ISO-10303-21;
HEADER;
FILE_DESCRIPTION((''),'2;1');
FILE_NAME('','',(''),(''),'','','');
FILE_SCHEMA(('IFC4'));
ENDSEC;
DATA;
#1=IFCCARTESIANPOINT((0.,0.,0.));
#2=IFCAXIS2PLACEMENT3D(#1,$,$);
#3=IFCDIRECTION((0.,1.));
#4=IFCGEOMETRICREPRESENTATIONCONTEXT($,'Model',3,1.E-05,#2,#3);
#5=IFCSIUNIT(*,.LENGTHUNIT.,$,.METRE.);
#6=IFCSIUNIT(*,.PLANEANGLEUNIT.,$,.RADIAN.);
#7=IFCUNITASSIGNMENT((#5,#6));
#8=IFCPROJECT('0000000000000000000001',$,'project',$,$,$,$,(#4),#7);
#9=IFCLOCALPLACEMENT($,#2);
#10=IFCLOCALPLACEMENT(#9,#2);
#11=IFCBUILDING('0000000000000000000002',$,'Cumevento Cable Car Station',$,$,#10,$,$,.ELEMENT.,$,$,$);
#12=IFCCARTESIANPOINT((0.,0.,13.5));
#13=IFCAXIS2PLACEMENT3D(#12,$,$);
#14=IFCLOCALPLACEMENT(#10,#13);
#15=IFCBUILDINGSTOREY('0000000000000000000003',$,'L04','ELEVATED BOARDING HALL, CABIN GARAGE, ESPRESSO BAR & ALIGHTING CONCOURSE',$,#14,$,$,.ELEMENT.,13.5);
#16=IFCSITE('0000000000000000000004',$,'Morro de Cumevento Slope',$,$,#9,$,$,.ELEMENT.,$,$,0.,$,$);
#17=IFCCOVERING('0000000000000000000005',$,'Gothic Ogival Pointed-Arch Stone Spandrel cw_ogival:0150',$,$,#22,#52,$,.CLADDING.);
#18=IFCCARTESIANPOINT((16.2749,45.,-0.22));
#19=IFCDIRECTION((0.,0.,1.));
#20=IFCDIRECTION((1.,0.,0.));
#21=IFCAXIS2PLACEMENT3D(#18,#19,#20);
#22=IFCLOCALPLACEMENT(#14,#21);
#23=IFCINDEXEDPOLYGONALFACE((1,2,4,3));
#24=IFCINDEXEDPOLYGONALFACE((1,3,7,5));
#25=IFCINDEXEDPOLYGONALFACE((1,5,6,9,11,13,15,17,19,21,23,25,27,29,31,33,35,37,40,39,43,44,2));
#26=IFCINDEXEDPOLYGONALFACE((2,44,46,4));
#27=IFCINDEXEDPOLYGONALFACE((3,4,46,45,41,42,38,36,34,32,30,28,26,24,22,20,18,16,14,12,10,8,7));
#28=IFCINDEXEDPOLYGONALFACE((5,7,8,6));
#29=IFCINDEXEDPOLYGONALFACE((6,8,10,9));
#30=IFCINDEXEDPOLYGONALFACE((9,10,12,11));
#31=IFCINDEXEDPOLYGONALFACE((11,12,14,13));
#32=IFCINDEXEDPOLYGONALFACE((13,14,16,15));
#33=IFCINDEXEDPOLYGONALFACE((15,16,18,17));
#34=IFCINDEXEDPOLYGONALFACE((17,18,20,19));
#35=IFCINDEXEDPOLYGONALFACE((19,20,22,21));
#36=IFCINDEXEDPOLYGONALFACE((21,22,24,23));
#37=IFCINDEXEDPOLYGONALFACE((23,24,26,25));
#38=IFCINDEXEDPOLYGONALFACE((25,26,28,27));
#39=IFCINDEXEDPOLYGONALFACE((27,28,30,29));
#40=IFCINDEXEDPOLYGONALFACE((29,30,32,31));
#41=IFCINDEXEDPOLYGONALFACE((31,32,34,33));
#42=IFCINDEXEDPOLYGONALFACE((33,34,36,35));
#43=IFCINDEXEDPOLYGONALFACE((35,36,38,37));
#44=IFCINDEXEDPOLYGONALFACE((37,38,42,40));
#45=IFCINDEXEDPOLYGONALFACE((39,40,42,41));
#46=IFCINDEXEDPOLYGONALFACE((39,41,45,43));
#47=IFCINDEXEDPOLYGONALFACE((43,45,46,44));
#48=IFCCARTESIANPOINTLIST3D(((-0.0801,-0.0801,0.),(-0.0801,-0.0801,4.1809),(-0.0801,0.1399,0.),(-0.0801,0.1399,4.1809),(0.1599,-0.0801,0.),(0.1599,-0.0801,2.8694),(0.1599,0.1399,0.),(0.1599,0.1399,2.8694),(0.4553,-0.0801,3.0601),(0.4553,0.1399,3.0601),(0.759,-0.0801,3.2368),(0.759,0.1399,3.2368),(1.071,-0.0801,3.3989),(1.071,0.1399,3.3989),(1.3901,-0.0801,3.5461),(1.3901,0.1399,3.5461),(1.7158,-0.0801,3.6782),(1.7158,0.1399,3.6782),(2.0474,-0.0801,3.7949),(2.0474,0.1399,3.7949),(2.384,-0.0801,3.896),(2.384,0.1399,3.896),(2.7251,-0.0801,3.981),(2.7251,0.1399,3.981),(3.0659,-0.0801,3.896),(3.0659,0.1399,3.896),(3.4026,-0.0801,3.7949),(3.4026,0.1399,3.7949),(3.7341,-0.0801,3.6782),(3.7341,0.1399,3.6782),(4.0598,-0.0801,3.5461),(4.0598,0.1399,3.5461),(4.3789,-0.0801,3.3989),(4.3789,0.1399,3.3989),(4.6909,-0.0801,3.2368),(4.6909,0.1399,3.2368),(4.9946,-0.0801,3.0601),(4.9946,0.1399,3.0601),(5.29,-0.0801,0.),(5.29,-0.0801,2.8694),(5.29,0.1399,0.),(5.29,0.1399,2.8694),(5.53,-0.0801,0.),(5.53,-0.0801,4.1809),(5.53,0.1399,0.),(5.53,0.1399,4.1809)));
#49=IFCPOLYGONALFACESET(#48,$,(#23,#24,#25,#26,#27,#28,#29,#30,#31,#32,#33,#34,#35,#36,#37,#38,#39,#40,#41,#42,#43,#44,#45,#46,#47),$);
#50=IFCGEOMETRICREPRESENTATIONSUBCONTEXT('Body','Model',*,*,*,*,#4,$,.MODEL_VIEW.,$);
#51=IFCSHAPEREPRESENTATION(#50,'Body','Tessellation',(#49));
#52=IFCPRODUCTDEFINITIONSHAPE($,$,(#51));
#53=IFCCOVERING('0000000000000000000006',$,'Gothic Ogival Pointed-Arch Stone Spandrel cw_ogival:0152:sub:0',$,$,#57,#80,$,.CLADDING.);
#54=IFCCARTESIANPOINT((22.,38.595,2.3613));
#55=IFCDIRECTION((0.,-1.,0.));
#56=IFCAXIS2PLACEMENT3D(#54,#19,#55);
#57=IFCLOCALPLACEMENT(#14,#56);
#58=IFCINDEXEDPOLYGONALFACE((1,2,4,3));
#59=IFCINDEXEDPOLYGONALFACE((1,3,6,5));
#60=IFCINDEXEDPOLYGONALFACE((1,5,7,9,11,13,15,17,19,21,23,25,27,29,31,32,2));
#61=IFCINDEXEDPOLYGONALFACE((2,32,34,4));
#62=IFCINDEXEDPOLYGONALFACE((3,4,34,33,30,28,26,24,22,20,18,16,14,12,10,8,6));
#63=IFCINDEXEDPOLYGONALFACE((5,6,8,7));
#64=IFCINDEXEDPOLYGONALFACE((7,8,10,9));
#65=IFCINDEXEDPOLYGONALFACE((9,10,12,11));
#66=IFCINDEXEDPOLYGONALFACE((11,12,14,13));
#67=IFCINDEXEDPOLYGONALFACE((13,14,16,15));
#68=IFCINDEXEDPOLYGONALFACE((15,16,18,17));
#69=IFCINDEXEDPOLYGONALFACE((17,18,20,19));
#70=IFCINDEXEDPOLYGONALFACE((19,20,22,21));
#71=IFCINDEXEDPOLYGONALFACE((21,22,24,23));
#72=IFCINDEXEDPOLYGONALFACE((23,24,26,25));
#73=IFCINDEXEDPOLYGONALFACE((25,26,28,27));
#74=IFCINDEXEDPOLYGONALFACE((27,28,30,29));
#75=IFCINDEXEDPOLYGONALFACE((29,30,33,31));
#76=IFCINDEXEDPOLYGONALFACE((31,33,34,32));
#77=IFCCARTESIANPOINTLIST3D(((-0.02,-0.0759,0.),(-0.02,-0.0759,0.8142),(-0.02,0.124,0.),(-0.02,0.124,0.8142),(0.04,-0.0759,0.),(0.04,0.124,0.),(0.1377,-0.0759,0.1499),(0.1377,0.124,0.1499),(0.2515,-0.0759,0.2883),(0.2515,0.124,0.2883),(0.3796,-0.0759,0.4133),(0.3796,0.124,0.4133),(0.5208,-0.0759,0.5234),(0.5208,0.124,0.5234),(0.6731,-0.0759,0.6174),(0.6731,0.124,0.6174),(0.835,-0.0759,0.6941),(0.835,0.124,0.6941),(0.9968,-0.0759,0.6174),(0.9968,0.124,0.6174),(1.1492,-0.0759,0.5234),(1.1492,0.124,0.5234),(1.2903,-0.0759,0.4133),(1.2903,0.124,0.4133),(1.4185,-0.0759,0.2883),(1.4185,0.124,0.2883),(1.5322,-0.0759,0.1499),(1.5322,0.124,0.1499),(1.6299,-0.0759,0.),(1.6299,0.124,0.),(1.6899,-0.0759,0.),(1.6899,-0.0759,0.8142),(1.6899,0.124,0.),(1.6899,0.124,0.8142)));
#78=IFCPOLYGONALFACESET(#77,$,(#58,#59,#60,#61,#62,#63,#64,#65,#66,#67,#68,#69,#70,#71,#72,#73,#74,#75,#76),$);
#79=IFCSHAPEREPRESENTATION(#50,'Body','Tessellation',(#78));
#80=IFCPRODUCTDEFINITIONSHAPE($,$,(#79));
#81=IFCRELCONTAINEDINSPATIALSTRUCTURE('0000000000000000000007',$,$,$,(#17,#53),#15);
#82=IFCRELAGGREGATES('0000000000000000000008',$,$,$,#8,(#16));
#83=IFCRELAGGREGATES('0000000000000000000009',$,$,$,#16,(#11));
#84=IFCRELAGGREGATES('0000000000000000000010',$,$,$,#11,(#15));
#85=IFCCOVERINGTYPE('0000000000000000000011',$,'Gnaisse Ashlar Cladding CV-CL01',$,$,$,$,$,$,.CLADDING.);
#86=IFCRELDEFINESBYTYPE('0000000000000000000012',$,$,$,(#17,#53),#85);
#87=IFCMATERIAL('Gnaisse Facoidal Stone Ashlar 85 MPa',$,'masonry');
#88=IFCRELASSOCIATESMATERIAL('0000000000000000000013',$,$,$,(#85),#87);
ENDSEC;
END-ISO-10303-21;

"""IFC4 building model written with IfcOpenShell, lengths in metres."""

from ifc_helpers import new_model, si_unit, direction, frame, origin, place, context, subcontext, project, spatial, polyline, outline, extrude, material, type_object, element, save


model = new_model("IFC4")

# Units and contexts
model_context = context("Model", 3, precision=1e-05, world=origin(), true_north=direction((0.0, 1.0)))
body_context = subcontext(model_context, "Body", "Model", "MODEL_VIEW")
ifc_project = project(units=[si_unit("LENGTHUNIT", "METRE"), si_unit("PLANEANGLEUNIT", "RADIAN")], contexts=[model_context])

# Site, building, storey
site_placement = place(None, origin())
site = spatial("IfcSite", under=ifc_project, at=site_placement, Name="Morro de Cumevento Slope", CompositionType="ELEMENT", RefElevation=0.0)
building_placement = place(site_placement, origin())
building = spatial("IfcBuilding", under=site, at=building_placement, Name="Cumevento Cable Car Station", CompositionType="ELEMENT")
storey_placement = place(building_placement, frame((0.0, 0.0, 13.5)))
storey = spatial("IfcBuildingStorey", under=building, at=storey_placement, Name="L04", Description="ELEVATED BOARDING HALL, CABIN GARAGE, ESPRESSO BAR & ALIGHTING CONCOURSE", CompositionType="ELEMENT", Elevation=13.5)

# Coverings
ifc_material_1 = material(Name="Gnaisse Facoidal Stone Ashlar 85 MPa", Category="masonry")
covering_type = type_object("IfcCoveringType", Name="Gnaisse Ashlar Cladding CV-CL01", PredefinedType="CLADDING", material=ifc_material_1)
covering_1_placement = place(storey_placement, frame((16.2749, 45.0, -0.22), z_axis=(0.0, 0.0, 1.0), x_axis=(1.0, 0.0, 0.0)))
element("IfcCovering", 1, at=covering_1_placement, inside=storey, type_object=covering_type, Name="Gothic Ogival Pointed-Arch Stone Spandrel cw_ogival:0150", PredefinedType="CLADDING", context=body_context, shape_type="SweptSolid", body=[
    extrude(outline(polyline([(-0.0801, 0.0), (-0.0801, 4.1809), (5.53, 4.1809), (5.53, 0.0), (5.29, 0.0), (5.29, 2.8694), (4.9946, 3.0601), (4.6909, 3.2368), (4.3789, 3.3989), (4.0598, 3.5461), (3.7341, 3.6782), (3.4026, 3.7949), (3.0659, 3.896), (2.7251, 3.981), (2.384, 3.896), (2.0474, 3.7949), (1.7158, 3.6782), (1.3901, 3.5461), (1.071, 3.3989), (0.759, 3.2368), (0.4553, 3.0601), (0.1599, 2.8694), (0.1599, 0.0), (-0.0801, 0.0)])), frame((0.0, 0.1399, 0.0), z_axis=(0.0, -1.0, 0.0), x_axis=(1.0, 0.0, 0.0)), (0.0, 0.0, 1.0), 0.22),
])
covering_2_placement = place(storey_placement, frame((22.0, 38.595, 2.3613), z_axis=(0.0, 0.0, 1.0), x_axis=(0.0, -1.0, 0.0)))
element("IfcCovering", 2, at=covering_2_placement, inside=storey, type_object=covering_type, Name="Gothic Ogival Pointed-Arch Stone Spandrel cw_ogival:0152:sub:0", PredefinedType="CLADDING", context=body_context, shape_type="SweptSolid", body=[
    extrude(outline(polyline([(-0.02, 0.0), (-0.02, 0.8142), (1.6899, 0.8142), (1.6899, 0.0), (1.6299, 0.0), (1.5322, 0.1499), (1.4185, 0.2883), (1.2903, 0.4133), (1.1492, 0.5234), (0.9968, 0.6174), (0.835, 0.6941), (0.6731, 0.6174), (0.5208, 0.5234), (0.3796, 0.4133), (0.2515, 0.2883), (0.1377, 0.1499), (0.04, 0.0), (-0.02, 0.0)])), frame((0.0, 0.124, 0.0), z_axis=(0.0, -1.0, 0.0), x_axis=(1.0, 0.0, 0.0)), (0.0, 0.0, 1.0), 0.2),
])

save(model, "model.ifc")
